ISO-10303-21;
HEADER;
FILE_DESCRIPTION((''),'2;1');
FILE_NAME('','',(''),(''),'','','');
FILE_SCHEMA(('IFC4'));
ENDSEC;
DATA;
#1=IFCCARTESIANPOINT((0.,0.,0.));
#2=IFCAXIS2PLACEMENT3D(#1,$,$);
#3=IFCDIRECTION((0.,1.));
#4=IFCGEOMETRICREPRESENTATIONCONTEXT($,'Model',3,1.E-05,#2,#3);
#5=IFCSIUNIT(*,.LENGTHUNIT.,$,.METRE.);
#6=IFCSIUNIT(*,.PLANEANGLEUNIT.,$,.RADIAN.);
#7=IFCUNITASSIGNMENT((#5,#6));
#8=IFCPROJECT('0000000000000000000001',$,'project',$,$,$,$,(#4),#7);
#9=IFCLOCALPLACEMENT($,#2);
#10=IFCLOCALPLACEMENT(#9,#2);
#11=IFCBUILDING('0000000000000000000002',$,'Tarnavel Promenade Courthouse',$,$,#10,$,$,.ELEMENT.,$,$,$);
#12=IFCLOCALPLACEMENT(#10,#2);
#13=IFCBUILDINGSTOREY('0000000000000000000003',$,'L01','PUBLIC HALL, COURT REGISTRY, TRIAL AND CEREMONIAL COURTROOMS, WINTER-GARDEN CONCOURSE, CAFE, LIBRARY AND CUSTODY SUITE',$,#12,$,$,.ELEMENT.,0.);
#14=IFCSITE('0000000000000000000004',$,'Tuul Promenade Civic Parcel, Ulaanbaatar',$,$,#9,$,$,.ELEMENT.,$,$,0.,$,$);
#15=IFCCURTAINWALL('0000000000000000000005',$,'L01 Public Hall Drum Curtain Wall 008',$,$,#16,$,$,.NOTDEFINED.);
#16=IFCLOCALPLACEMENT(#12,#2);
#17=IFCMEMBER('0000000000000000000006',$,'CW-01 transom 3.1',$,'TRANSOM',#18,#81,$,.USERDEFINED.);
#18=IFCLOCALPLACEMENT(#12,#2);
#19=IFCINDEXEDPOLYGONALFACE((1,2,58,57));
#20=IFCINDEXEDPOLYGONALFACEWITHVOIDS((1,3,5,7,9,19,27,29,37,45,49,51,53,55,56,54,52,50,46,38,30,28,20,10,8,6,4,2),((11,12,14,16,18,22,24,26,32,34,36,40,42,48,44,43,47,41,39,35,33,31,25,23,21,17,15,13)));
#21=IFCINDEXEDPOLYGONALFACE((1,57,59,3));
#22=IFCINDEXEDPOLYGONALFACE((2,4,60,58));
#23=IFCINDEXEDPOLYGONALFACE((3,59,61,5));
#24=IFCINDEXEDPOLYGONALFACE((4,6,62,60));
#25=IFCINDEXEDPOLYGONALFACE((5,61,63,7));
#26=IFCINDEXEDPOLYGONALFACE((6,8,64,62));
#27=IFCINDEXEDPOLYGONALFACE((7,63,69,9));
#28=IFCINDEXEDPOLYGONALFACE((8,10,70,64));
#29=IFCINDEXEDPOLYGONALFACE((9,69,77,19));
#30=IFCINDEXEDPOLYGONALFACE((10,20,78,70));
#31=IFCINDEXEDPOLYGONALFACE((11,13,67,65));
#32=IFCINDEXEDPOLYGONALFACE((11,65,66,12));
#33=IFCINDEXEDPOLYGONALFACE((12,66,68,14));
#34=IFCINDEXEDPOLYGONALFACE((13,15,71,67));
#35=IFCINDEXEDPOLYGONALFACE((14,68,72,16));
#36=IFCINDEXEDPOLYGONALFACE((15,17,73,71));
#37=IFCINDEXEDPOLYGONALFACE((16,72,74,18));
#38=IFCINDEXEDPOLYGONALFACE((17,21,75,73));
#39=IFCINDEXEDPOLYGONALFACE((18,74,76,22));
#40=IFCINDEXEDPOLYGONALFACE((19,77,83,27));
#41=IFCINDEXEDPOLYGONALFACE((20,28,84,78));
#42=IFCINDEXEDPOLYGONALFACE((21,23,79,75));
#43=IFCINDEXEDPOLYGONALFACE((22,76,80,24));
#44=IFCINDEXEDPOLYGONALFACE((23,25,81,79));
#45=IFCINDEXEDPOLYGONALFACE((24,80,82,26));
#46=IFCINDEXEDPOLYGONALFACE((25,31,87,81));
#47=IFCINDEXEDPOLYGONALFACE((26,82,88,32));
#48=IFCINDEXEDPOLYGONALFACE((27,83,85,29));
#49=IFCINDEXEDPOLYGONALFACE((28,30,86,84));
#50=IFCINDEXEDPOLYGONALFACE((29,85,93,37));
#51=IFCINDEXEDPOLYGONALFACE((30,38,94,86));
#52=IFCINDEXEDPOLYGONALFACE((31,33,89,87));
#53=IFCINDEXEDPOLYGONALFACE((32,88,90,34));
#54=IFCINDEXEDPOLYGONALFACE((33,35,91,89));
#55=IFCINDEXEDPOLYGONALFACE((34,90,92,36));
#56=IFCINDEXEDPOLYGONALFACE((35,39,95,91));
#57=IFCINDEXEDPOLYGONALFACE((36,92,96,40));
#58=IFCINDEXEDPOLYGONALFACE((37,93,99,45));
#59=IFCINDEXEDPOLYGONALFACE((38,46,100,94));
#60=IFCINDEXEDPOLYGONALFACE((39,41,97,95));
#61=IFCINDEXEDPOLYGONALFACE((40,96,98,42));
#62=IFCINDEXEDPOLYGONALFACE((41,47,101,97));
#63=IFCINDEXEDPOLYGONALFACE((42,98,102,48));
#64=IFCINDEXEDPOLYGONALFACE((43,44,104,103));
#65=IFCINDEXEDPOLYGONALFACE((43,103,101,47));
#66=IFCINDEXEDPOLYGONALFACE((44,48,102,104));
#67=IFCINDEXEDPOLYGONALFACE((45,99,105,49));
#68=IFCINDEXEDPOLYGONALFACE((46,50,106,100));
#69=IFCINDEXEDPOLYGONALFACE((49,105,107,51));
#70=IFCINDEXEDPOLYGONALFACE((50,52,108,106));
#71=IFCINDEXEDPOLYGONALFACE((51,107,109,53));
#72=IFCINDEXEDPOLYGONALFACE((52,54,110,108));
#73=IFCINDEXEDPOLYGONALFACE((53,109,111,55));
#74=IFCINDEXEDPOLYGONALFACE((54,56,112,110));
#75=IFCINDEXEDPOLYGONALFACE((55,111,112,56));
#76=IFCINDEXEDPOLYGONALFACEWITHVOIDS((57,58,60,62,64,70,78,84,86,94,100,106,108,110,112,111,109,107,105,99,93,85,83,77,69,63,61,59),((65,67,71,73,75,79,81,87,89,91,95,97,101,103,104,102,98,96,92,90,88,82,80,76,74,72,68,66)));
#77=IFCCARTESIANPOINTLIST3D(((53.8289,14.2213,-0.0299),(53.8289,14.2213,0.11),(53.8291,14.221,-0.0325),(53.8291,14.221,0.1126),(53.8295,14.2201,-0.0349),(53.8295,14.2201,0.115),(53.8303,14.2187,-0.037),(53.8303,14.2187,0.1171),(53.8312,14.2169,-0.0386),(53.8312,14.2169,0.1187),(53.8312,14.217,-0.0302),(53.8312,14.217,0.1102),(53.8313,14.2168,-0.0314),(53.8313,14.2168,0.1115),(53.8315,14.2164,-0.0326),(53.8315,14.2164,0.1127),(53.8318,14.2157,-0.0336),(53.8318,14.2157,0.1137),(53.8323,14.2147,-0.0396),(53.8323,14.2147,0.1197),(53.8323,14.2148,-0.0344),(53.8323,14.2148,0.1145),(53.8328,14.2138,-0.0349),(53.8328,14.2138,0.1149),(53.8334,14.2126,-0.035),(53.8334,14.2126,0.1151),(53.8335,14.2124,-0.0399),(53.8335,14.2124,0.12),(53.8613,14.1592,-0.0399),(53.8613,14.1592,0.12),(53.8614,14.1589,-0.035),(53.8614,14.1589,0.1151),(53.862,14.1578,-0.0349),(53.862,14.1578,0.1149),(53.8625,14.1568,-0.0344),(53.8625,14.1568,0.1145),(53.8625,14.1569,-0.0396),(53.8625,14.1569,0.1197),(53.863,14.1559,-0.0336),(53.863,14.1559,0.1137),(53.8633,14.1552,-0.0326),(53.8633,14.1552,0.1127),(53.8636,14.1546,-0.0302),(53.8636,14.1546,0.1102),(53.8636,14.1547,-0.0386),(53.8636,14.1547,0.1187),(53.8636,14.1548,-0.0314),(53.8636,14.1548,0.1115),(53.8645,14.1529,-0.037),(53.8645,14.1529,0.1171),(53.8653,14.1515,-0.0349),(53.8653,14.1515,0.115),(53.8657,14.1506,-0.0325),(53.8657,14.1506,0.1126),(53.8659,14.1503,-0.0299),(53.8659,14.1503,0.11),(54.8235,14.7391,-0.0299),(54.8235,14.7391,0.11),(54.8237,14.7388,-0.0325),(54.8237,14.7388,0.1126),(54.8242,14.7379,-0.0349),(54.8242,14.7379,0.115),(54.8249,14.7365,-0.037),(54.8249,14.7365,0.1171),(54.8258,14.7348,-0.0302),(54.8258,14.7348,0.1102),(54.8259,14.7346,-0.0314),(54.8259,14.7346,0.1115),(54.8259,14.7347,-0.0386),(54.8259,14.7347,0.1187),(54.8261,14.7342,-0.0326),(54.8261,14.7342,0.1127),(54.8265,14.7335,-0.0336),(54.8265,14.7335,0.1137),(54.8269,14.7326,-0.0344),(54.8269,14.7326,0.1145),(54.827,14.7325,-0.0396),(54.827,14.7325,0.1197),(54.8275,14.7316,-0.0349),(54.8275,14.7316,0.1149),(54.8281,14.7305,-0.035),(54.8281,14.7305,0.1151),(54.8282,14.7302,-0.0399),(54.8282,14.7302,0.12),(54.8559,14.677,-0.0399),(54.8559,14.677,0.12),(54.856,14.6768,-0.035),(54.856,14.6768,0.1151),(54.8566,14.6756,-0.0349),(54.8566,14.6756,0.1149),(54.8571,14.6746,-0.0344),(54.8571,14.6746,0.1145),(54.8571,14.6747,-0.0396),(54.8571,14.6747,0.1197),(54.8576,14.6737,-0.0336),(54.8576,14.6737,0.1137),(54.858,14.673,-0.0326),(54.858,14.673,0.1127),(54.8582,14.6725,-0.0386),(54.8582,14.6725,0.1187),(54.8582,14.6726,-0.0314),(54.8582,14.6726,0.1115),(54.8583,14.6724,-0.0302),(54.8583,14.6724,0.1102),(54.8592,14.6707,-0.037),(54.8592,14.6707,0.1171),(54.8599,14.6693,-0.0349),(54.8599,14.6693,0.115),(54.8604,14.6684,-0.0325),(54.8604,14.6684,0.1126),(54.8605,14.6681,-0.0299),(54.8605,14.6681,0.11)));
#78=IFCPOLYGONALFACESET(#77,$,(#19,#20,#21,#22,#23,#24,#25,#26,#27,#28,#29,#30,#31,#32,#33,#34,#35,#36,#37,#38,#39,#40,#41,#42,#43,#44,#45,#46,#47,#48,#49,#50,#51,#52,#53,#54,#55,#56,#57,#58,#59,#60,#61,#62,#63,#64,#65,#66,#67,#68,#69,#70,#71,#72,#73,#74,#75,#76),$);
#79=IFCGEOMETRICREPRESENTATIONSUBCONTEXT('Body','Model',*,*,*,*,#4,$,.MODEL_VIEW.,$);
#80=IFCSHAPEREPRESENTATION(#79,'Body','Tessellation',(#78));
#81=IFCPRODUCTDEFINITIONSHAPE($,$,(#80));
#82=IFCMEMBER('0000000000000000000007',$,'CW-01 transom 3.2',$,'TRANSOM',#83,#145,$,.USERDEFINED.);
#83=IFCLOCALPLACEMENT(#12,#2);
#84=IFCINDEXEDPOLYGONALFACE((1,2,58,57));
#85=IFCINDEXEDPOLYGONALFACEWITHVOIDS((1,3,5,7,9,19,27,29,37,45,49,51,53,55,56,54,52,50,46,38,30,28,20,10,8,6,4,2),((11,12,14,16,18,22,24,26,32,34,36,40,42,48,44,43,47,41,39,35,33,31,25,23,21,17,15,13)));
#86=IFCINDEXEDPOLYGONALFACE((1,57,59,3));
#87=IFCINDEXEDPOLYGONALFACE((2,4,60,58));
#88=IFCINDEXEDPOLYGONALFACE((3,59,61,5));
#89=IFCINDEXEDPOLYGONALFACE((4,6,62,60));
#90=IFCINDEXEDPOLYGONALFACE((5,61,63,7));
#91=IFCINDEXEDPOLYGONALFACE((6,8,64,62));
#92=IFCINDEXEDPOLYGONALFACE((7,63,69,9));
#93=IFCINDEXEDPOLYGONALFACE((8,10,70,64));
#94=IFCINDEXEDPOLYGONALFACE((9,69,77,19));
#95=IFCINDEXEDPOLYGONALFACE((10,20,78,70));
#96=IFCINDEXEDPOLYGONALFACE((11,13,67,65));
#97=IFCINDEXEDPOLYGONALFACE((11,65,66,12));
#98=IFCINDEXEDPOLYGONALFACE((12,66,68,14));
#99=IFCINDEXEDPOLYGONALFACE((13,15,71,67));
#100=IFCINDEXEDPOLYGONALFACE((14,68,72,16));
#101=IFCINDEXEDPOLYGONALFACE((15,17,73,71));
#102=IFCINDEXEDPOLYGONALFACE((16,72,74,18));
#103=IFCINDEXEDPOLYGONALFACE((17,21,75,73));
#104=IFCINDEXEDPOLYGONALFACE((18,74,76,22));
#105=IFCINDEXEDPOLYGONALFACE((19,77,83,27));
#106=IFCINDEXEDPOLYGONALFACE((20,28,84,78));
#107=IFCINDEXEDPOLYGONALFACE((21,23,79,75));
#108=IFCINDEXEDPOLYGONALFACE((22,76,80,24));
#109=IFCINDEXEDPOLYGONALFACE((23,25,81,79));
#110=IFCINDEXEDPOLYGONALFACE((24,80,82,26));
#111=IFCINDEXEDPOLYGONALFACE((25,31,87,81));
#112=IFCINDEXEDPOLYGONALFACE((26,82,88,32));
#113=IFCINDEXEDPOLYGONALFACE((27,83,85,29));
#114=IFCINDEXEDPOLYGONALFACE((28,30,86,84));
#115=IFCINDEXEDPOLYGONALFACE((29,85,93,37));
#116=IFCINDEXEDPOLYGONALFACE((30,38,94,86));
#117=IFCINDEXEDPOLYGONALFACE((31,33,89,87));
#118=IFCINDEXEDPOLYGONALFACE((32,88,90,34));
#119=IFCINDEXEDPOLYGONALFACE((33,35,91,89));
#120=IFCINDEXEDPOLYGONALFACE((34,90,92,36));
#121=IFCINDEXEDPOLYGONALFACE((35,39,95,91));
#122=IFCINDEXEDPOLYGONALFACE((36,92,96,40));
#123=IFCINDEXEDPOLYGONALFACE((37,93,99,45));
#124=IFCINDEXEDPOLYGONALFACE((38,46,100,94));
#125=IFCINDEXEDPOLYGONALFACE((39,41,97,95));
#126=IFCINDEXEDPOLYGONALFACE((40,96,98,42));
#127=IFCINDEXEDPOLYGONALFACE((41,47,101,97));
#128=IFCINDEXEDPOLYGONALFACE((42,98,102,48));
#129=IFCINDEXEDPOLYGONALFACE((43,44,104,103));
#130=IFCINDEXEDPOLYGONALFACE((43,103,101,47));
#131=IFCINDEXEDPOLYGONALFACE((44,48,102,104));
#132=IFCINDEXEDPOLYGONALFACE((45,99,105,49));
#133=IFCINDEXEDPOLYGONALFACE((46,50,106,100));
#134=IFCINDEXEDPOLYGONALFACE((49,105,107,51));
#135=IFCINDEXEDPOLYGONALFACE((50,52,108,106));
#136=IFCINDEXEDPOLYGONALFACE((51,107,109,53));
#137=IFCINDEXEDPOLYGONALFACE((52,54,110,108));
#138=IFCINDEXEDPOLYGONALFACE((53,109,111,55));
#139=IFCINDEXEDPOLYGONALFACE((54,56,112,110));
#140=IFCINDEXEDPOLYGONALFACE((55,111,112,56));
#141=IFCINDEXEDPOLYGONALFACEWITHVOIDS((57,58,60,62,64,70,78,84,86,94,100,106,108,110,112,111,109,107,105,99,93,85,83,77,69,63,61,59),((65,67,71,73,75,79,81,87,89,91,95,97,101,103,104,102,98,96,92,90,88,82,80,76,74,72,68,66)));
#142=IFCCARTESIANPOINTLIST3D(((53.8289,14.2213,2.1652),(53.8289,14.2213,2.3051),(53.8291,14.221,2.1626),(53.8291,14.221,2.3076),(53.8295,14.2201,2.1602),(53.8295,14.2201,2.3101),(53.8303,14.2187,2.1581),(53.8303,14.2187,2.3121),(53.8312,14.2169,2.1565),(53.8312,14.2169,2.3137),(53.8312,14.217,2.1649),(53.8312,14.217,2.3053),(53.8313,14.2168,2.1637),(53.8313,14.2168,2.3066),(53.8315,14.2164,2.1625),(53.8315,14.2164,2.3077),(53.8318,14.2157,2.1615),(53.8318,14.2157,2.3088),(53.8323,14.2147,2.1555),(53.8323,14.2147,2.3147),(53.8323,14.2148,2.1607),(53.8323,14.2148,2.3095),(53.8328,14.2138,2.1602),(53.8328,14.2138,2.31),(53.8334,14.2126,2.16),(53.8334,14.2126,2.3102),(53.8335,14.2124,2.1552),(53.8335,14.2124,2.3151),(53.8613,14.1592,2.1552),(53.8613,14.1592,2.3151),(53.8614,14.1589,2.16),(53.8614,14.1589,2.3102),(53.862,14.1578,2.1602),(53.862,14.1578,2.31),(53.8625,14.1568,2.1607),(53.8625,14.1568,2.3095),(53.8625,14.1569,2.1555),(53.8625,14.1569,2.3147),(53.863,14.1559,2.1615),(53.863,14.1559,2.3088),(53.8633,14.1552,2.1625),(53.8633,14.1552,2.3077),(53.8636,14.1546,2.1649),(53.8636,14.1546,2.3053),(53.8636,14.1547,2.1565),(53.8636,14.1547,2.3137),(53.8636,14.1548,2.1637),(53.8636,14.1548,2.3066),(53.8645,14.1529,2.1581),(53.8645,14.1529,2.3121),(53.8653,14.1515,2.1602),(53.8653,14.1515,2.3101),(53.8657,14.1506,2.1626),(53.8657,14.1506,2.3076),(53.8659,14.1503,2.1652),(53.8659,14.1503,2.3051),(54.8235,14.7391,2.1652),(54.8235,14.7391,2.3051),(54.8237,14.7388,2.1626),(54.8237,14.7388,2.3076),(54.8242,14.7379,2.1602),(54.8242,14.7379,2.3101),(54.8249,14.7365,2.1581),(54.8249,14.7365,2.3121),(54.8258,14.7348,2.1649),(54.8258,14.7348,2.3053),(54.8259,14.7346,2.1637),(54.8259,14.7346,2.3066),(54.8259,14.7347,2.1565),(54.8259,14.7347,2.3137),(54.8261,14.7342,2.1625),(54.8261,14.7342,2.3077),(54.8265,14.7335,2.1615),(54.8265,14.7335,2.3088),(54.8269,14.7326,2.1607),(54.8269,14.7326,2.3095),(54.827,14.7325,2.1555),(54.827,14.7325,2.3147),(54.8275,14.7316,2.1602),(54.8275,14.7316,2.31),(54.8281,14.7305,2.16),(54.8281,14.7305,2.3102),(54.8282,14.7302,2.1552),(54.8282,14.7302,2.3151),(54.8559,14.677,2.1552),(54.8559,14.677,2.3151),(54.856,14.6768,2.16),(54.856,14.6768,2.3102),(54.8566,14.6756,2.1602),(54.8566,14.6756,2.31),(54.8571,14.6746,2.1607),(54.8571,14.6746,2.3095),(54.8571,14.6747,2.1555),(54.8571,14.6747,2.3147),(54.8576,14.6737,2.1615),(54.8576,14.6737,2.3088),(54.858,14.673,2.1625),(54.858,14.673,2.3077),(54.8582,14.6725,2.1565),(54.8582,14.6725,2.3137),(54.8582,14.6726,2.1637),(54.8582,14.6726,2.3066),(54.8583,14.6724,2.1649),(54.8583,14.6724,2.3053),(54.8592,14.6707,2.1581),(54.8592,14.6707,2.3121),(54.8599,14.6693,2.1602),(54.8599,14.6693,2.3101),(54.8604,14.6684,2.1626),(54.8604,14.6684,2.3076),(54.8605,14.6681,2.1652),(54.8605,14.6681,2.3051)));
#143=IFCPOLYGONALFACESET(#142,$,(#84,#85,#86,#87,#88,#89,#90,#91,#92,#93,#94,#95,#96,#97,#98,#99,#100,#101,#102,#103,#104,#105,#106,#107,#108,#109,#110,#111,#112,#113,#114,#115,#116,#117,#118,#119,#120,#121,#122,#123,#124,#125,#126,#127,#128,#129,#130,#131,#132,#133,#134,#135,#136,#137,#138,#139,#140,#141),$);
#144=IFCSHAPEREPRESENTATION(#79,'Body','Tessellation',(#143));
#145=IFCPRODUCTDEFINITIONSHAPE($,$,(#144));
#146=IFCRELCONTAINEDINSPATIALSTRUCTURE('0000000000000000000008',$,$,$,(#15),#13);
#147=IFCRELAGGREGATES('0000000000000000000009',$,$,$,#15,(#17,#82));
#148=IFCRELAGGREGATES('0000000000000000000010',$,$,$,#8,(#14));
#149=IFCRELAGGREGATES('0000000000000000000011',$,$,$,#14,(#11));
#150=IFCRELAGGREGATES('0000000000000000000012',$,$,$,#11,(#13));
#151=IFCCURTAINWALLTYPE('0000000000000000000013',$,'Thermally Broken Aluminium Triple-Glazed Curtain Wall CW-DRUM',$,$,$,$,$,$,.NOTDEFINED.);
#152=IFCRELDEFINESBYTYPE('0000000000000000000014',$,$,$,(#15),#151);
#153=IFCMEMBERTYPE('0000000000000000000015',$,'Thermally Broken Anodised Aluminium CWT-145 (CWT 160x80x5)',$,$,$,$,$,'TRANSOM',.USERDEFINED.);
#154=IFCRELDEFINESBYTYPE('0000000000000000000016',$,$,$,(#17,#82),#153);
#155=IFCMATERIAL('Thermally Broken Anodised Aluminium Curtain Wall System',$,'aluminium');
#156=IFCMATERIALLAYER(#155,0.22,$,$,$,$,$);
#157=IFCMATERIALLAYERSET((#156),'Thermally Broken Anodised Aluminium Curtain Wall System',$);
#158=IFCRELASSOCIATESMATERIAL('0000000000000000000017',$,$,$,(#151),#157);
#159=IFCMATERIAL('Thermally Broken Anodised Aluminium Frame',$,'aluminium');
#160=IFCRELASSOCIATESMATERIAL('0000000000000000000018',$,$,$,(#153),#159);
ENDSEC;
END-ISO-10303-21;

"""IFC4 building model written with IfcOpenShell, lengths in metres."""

from ifc_helpers import new_model, si_unit, direction, frame, origin, origin_2d, place, context, subcontext, project, spatial, hollow_rectangle, extrude, material, layer, layer_set, material_profile, profile_set, type_object, element, aggregate, save


model = new_model("IFC4")

# Units and contexts
model_context = context("Model", 3, precision=1e-05, world=origin(), true_north=direction((0.0, 1.0)))
body_context = subcontext(model_context, "Body", "Model", "MODEL_VIEW")
ifc_project = project(units=[si_unit("LENGTHUNIT", "METRE"), si_unit("PLANEANGLEUNIT", "RADIAN")], contexts=[model_context])

# Site, building, storey
site_placement = place(None, origin())
site = spatial("IfcSite", under=ifc_project, at=site_placement, Name="Tuul Promenade Civic Parcel, Ulaanbaatar", CompositionType="ELEMENT", RefElevation=0.0)
building_placement = place(site_placement, origin())
building = spatial("IfcBuilding", under=site, at=building_placement, Name="Tarnavel Promenade Courthouse", CompositionType="ELEMENT")
storey_placement = place(building_placement, origin())
storey = spatial("IfcBuildingStorey", under=building, at=storey_placement, Name="L01", Description="PUBLIC HALL, COURT REGISTRY, TRIAL AND CEREMONIAL COURTROOMS, WINTER-GARDEN CONCOURSE, CAFE, LIBRARY AND CUSTODY SUITE", CompositionType="ELEMENT", Elevation=0.0)

# Curtain wall
ifc_material_1 = material(Name="Thermally Broken Anodised Aluminium Curtain Wall System", Category="aluminium")
ifc_layer_1 = layer(ifc_material_1, 0.22)
ifc_layer_set_1 = layer_set([ifc_layer_1], Name="Thermally Broken Anodised Aluminium Curtain Wall System")
curtain_wall_type = type_object("IfcCurtainWallType", Name="Thermally Broken Aluminium Triple-Glazed Curtain Wall CW-DRUM", PredefinedType="NOTDEFINED", material=ifc_layer_set_1)
curtain_wall_1_placement = place(storey_placement, origin())
curtain_wall_1 = element("IfcCurtainWall", 1, at=curtain_wall_1_placement, inside=storey, type_object=curtain_wall_type, Name="L01 Public Hall Drum Curtain Wall 008", PredefinedType="NOTDEFINED")
ifc_material_2 = material(Name="Thermally Broken Anodised Aluminium Frame", Category="aluminium")

# Members
ifc_material_profile_1 = material_profile(ifc_material_2, hollow_rectangle(XDim=0.0801, YDim=0.1599, WallThickness=0.0049, InnerFilletRadius=0.0049, OuterFilletRadius=0.01, at=origin_2d()), Name="CWT 160x80x5")
ifc_profile_set_1 = profile_set([ifc_material_profile_1], Name="Thermally Broken Anodised Aluminium Frame")
member_type_1 = type_object("IfcMemberType", Name="Thermally Broken Anodised Aluminium CWT-145 (CWT 160x80x5)", ElementType="TRANSOM", PredefinedType="USERDEFINED", material=ifc_profile_set_1)
member_1_placement = place(storey_placement, frame((53.8474, 14.1858, 0.04), z_axis=(0.886992, 0.461785, 0.0), x_axis=(-0.461785, 0.886992, 0.0)))
member_1 = element("IfcMember", 2, at=member_1_placement, type_object=member_type_1, Name="CW-01 transom 3.1", ObjectType="TRANSOM", PredefinedType="USERDEFINED", context=body_context, shape_type="SweptSolid", body=[
    extrude(hollow_rectangle(XDim=0.0801, YDim=0.1599, WallThickness=0.0049, InnerFilletRadius=0.0049, OuterFilletRadius=0.01, at=origin_2d()), origin(), (0.0, 0.0, 1.0), 1.1213),
])
member_2_placement = place(storey_placement, frame((53.8474, 14.1858, 2.2351), z_axis=(0.886992, 0.461785, 0.0), x_axis=(-0.461785, 0.886992, 0.0)))
member_2 = element("IfcMember", 3, at=member_2_placement, type_object=member_type_1, Name="CW-01 transom 3.2", ObjectType="TRANSOM", PredefinedType="USERDEFINED", context=body_context, shape_type="SweptSolid", body=[
    extrude(hollow_rectangle(XDim=0.0801, YDim=0.1599, WallThickness=0.0049, InnerFilletRadius=0.0049, OuterFilletRadius=0.01, at=origin_2d()), origin(), (0.0, 0.0, 1.0), 1.1213),
])

aggregate(curtain_wall_1, [member_1, member_2])

save(model, "model.ifc")
